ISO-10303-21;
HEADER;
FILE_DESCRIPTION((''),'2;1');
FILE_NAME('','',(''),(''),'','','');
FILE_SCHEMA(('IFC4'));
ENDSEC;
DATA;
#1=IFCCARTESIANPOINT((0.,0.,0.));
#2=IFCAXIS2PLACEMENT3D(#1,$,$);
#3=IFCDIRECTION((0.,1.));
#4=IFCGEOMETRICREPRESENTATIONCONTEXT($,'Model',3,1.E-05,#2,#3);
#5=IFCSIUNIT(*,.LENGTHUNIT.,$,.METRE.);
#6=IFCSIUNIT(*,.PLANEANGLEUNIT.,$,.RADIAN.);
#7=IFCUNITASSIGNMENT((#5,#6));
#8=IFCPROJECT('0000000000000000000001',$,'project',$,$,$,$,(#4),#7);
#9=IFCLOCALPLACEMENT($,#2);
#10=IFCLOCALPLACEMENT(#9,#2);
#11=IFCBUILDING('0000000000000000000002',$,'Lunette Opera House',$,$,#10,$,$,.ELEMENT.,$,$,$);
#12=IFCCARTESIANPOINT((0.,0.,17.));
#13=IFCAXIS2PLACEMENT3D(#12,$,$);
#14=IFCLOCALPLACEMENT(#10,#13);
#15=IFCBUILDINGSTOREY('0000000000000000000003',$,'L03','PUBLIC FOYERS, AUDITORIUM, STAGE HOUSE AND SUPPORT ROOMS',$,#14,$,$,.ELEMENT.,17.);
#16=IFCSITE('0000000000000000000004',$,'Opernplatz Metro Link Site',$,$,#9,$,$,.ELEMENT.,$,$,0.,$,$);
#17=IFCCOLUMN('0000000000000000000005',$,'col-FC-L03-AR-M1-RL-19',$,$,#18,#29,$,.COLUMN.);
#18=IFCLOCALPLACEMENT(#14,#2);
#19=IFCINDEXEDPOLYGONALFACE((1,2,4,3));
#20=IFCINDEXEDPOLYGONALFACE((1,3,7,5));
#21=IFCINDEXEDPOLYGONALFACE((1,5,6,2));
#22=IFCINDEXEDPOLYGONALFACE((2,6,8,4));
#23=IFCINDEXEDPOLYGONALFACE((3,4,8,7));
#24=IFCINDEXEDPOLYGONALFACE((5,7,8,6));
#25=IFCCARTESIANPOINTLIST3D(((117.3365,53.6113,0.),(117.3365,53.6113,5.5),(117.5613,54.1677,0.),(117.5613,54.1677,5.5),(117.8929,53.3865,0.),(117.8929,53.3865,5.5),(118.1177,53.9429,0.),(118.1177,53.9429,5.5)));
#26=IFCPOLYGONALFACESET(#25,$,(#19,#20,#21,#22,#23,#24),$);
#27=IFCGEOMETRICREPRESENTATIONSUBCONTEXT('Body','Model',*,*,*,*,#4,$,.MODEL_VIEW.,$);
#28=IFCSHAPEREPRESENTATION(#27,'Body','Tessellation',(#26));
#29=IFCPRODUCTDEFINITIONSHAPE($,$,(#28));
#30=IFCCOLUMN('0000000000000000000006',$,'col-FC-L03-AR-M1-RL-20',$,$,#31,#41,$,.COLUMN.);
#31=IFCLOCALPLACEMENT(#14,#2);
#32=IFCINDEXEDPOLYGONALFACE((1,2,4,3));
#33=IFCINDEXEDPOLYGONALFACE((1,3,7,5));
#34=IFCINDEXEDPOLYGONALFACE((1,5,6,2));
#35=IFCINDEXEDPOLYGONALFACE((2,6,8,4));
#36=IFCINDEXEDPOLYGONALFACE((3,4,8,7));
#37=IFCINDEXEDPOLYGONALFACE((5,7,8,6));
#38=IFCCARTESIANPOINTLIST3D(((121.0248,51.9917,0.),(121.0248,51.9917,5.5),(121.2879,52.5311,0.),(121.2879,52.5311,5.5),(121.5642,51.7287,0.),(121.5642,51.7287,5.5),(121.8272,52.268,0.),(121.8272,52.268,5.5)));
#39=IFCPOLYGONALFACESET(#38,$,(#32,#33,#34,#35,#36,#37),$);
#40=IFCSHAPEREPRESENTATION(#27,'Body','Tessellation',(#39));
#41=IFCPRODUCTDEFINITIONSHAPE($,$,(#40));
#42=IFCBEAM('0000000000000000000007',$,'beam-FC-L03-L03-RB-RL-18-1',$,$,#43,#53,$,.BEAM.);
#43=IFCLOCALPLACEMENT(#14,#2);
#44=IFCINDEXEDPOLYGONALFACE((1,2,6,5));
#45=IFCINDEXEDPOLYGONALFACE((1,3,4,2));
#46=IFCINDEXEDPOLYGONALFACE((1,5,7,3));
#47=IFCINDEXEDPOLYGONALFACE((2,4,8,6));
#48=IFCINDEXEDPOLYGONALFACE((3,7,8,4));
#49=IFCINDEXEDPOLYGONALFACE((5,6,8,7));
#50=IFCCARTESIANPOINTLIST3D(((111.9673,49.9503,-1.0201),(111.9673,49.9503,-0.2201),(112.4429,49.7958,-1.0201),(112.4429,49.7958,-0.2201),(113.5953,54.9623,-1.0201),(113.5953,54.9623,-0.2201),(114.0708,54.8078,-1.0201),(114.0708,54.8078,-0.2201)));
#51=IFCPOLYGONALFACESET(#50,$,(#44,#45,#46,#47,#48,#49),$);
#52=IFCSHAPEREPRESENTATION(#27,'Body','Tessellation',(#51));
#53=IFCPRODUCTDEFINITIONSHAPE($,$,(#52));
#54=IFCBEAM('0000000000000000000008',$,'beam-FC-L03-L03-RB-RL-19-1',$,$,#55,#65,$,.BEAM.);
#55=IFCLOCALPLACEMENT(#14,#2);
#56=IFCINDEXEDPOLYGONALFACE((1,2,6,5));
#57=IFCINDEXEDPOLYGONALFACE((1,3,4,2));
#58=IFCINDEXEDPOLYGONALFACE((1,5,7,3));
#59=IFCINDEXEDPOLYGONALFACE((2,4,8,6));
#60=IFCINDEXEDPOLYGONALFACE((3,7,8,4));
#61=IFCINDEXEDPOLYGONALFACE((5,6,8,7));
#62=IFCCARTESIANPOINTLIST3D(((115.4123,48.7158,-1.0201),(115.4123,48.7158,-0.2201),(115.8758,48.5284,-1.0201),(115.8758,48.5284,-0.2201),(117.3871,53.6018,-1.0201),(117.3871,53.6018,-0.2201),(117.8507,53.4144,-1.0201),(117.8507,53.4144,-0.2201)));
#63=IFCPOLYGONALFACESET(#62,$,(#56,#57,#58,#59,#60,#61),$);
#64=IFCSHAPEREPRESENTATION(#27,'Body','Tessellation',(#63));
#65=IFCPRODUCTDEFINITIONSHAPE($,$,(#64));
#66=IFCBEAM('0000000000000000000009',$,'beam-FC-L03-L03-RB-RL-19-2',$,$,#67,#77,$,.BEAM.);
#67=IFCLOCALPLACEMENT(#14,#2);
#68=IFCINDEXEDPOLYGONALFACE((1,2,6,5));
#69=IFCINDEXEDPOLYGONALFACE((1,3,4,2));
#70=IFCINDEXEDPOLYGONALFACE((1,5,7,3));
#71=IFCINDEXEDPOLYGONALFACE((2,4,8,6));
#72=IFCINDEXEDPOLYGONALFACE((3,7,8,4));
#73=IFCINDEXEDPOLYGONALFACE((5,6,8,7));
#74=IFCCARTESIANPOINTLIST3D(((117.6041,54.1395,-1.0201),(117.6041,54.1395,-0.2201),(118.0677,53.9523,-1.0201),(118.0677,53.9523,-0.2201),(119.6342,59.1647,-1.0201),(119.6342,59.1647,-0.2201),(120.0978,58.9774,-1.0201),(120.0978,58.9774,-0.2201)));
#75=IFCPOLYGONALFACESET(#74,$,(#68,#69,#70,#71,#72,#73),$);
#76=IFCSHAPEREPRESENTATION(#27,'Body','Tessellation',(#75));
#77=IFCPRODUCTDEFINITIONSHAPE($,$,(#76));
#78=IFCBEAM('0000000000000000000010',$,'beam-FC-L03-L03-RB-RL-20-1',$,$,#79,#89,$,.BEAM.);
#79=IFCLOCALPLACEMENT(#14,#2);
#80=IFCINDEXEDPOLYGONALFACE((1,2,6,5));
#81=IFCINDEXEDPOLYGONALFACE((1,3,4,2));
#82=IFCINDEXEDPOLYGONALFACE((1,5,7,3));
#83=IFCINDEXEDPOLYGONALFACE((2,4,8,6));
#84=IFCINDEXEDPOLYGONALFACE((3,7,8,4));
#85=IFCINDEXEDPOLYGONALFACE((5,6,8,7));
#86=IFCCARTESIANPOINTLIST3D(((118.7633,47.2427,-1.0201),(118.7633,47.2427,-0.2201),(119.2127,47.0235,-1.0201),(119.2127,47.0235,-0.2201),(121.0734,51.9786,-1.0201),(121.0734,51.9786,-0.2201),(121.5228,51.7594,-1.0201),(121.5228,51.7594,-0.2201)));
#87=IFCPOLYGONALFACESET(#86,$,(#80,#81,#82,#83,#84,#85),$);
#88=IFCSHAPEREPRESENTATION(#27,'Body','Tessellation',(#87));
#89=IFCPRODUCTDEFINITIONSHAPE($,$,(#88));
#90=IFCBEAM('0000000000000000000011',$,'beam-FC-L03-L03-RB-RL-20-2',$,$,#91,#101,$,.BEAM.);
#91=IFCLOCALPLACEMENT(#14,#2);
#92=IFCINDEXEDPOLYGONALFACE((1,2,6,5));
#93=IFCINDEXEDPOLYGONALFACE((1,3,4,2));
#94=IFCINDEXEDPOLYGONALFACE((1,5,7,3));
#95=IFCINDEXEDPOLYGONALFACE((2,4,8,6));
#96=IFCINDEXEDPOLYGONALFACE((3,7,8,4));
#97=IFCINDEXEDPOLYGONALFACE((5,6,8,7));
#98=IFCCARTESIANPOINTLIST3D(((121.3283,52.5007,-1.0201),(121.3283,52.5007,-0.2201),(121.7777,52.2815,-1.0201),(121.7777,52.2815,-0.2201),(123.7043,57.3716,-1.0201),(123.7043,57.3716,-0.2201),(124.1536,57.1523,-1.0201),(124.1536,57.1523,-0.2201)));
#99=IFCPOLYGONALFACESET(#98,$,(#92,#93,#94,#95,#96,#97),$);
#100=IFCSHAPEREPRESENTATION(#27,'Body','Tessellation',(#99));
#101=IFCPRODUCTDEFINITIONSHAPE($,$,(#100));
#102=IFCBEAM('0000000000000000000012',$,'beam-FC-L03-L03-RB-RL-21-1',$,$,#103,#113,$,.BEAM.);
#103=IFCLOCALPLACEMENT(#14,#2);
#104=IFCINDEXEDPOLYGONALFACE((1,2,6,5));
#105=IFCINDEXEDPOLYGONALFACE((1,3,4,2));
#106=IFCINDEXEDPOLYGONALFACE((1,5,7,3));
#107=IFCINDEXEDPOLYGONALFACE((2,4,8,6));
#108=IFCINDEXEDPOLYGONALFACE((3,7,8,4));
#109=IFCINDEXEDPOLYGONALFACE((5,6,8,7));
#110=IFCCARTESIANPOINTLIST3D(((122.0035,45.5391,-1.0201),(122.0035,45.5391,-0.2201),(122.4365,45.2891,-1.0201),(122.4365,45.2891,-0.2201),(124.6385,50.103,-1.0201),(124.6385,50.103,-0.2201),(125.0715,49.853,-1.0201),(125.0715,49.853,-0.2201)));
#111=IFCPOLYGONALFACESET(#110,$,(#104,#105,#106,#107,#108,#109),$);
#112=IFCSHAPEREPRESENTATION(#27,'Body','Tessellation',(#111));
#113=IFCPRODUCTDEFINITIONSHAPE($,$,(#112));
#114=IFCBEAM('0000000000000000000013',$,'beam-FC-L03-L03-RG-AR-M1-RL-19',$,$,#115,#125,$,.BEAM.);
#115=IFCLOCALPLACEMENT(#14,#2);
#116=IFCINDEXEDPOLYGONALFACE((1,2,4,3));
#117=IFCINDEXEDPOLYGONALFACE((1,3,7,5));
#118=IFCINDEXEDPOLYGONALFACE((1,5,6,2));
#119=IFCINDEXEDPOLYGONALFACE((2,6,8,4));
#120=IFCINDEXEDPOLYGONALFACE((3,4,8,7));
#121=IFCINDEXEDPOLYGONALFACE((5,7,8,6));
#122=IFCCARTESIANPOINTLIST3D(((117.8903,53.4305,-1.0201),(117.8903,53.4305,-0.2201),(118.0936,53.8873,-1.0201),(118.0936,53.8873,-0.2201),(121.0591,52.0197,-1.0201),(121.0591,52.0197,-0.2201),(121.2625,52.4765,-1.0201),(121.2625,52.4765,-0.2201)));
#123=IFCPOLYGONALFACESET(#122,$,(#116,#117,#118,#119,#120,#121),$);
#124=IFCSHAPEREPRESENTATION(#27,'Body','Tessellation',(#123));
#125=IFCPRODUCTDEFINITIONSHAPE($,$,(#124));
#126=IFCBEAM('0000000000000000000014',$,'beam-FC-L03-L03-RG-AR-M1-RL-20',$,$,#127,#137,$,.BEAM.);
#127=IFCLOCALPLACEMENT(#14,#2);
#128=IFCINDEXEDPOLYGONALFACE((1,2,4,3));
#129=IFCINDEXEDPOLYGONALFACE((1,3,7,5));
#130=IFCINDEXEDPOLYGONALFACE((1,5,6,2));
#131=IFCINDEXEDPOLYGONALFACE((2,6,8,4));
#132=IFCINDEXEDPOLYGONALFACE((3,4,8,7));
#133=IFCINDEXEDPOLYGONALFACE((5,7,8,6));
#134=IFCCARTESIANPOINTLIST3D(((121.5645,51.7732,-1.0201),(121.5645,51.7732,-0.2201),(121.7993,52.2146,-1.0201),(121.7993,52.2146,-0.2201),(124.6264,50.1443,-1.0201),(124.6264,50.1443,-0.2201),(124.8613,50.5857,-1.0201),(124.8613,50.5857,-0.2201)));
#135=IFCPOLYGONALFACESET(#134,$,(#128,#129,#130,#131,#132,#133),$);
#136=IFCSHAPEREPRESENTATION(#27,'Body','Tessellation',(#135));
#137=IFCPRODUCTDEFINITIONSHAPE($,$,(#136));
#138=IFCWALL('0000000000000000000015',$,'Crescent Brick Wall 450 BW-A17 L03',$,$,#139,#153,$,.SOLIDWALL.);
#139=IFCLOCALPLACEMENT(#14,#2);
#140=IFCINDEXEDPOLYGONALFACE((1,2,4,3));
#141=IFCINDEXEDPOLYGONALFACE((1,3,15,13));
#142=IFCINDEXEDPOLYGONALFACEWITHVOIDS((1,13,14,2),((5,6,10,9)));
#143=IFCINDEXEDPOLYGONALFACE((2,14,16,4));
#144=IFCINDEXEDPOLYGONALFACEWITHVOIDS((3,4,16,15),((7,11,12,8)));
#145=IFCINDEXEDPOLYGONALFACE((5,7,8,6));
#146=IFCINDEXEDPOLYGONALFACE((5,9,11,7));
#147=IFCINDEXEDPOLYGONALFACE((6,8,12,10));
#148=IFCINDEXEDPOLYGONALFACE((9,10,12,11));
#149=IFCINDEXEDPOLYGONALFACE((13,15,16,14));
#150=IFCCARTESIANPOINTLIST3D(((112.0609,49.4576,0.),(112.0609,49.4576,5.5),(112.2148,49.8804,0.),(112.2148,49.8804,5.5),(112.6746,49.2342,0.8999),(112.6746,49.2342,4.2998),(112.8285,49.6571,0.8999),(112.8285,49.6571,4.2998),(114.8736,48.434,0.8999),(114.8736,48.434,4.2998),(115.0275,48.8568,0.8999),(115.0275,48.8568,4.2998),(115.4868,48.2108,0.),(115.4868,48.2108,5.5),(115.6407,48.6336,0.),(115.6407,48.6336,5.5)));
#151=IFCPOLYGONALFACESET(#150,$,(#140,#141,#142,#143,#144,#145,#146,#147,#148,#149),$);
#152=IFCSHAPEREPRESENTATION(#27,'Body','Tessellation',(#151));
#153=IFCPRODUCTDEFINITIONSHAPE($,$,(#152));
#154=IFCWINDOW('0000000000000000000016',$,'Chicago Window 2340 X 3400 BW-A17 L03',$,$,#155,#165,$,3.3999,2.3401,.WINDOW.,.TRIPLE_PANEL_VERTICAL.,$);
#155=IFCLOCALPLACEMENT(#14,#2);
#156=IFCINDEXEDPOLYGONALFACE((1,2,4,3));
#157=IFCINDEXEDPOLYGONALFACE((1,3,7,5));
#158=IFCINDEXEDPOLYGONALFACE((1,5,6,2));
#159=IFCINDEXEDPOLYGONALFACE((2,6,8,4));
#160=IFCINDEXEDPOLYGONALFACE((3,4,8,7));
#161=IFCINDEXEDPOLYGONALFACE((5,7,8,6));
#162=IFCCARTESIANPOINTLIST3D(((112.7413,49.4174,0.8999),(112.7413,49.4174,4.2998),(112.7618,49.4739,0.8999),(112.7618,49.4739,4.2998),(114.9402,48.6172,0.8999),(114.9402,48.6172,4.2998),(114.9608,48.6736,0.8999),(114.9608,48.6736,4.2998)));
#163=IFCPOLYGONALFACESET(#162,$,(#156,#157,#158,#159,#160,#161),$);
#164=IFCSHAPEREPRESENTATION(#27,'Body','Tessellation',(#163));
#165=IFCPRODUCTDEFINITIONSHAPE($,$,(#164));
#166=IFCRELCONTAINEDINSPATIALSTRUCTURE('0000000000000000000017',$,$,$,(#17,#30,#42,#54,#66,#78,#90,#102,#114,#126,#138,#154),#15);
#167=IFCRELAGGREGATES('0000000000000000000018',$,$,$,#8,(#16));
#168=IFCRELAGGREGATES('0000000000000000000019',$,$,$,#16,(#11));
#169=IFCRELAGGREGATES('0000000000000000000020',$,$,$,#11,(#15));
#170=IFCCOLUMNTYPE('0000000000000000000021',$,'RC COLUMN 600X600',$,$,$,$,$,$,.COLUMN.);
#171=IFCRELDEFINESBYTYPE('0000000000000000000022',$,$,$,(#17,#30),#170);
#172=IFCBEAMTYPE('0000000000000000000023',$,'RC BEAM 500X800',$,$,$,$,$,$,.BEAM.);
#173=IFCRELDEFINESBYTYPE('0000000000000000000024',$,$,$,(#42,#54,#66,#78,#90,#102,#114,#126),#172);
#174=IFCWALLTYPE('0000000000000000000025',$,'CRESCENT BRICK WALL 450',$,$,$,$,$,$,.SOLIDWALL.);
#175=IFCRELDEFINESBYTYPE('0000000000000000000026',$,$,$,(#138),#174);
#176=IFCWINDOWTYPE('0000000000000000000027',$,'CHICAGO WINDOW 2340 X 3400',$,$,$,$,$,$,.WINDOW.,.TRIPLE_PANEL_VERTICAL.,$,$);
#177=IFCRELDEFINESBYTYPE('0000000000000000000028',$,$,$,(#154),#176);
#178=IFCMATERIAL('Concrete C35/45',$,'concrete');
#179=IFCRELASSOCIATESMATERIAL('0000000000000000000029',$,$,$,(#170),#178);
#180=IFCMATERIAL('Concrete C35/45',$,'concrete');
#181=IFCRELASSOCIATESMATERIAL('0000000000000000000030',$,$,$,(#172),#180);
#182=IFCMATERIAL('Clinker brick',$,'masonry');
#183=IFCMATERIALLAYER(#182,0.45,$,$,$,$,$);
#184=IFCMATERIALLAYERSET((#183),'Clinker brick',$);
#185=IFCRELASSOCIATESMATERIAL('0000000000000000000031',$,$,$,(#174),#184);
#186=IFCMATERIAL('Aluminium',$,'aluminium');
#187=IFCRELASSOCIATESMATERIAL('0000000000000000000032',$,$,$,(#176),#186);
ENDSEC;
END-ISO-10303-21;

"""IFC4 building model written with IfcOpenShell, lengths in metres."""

from ifc_helpers import new_model, si_unit, direction, frame, frame_2d, origin, origin_2d, place, context, subcontext, project, spatial, rectangle, extrude, material, layer, layer_set, material_profile, profile_set, type_object, element, fill, save


model = new_model("IFC4")

# Units and contexts
model_context = context("Model", 3, precision=1e-05, world=origin(), true_north=direction((0.0, 1.0)))
body_context = subcontext(model_context, "Body", "Model", "MODEL_VIEW")
ifc_project = project(units=[si_unit("LENGTHUNIT", "METRE"), si_unit("PLANEANGLEUNIT", "RADIAN")], contexts=[model_context])

# Site, building, storey
site_placement = place(None, origin())
site = spatial("IfcSite", under=ifc_project, at=site_placement, Name="Opernplatz Metro Link Site", CompositionType="ELEMENT", RefElevation=0.0)
building_placement = place(site_placement, origin())
building = spatial("IfcBuilding", under=site, at=building_placement, Name="Lunette Opera House", CompositionType="ELEMENT")
storey_placement = place(building_placement, frame((0.0, 0.0, 17.0)))
storey = spatial("IfcBuildingStorey", under=building, at=storey_placement, Name="L03", Description="PUBLIC FOYERS, AUDITORIUM, STAGE HOUSE AND SUPPORT ROOMS", CompositionType="ELEMENT", Elevation=17.0)

# Columns
ifc_material_1 = material(Name="Concrete C35/45", Category="concrete")
ifc_material_profile_1 = material_profile(ifc_material_1, rectangle(XDim=0.6001, YDim=0.6001, at=origin_2d()), Name="RC COLUMN 600X600")
ifc_profile_set_1 = profile_set([ifc_material_profile_1], Name="Concrete C35/45")
column_type = type_object("IfcColumnType", Name="RC COLUMN 600X600", PredefinedType="COLUMN", material=ifc_profile_set_1)
for number, where, z_axis, x_axis, name in (
    (1, (117.7271, 53.7771, 0.0), (0.0, 0.0, 1.0), (0.927184, -0.374607, 0.0), "col-FC-L03-AR-M1-RL-19"),
    (2, (121.426, 52.1299, 0.0), (0.0, 0.0, 1.0), (0.898794, -0.438371, 0.0), "col-FC-L03-AR-M1-RL-20"),
):
    element("IfcColumn", number, at=place(storey_placement, frame(where, z_axis=z_axis, x_axis=x_axis)), inside=storey, type_object=column_type, Name=name, PredefinedType="COLUMN", context=body_context, shape_type="SweptSolid", body=[
        extrude(rectangle(XDim=0.6001, YDim=0.6001, at=origin_2d()), origin(), (0.0, 0.0, 1.0), 5.5),
    ])

# Beams
ifc_material_2 = material(Name="Concrete C35/45", Category="concrete")
ifc_material_profile_2 = material_profile(ifc_material_2, rectangle(XDim=0.5, YDim=0.8, at=origin_2d()), Name="RC BEAM 500X800")
ifc_profile_set_2 = profile_set([ifc_material_profile_2], Name="Concrete C35/45")
beam_type = type_object("IfcBeamType", Name="RC BEAM 500X800", PredefinedType="BEAM", material=ifc_profile_set_2)
beam_1_placement = place(storey_placement, frame((112.2051, 49.873, -0.6201), z_axis=(0.308922, 0.951088, 0.0), x_axis=(-0.951088, 0.308922, 0.0)))
element("IfcBeam", 3, at=beam_1_placement, inside=storey, type_object=beam_type, Name="beam-FC-L03-L03-RB-RL-18-1", PredefinedType="BEAM", context=body_context, shape_type="SweptSolid", body=[
    extrude(rectangle(XDim=0.5, YDim=0.8, at=origin_2d()), origin(), (0.0, 0.0, 1.0), 5.2698),
])
beam_2_placement = place(storey_placement, frame((115.644, 48.6221, -0.6201), z_axis=(0.374735, 0.927132, 0.0), x_axis=(-0.927132, 0.374735, 0.0)))
element("IfcBeam", 4, at=beam_2_placement, inside=storey, type_object=beam_type, Name="beam-FC-L03-L03-RB-RL-19-1", PredefinedType="BEAM", context=body_context, shape_type="SweptSolid", body=[
    extrude(rectangle(XDim=0.5, YDim=0.8, at=origin_2d()), origin(), (0.0, 0.0, 1.0), 5.27),
])
beam_3_placement = place(storey_placement, frame((117.8359, 54.0459, -0.6201), z_axis=(0.374565, 0.927201, 0.0), x_axis=(-0.927201, 0.374565, 0.0)))
element("IfcBeam", 5, at=beam_3_placement, inside=storey, type_object=beam_type, Name="beam-FC-L03-L03-RB-RL-19-2", PredefinedType="BEAM", context=body_context, shape_type="SweptSolid", body=[
    extrude(rectangle(XDim=0.5, YDim=0.8, at=origin_2d()), origin(), (0.0, 0.0, 1.0), 5.4197),
])
beam_4_placement = place(storey_placement, frame((118.988, 47.1331, -0.6201), z_axis=(0.438407, 0.898776, 0.0), x_axis=(-0.898776, 0.438407, 0.0)))
element("IfcBeam", 6, at=beam_4_placement, inside=storey, type_object=beam_type, Name="beam-FC-L03-L03-RB-RL-20-1", PredefinedType="BEAM", context=body_context, shape_type="SweptSolid", body=[
    extrude(rectangle(XDim=0.5, YDim=0.8, at=origin_2d()), origin(), (0.0, 0.0, 1.0), 5.2693),
])
beam_5_placement = place(storey_placement, frame((121.553, 52.3911, -0.6201), z_axis=(0.438417, 0.898772, 0.0), x_axis=(-0.898772, 0.438417, 0.0)))
element("IfcBeam", 7, at=beam_5_placement, inside=storey, type_object=beam_type, Name="beam-FC-L03-L03-RB-RL-20-2", PredefinedType="BEAM", context=body_context, shape_type="SweptSolid", body=[
    extrude(rectangle(XDim=0.5, YDim=0.8, at=origin_2d()), origin(), (0.0, 0.0, 1.0), 5.4194),
])
beam_6_placement = place(storey_placement, frame((122.22, 45.4141, -0.6201), z_axis=(0.5, 0.866025, 0.0), x_axis=(-0.866025, 0.5, 0.0)))
element("IfcBeam", 8, at=beam_6_placement, inside=storey, type_object=beam_type, Name="beam-FC-L03-L03-RB-RL-21-1", PredefinedType="BEAM", context=body_context, shape_type="SweptSolid", body=[
    extrude(rectangle(XDim=0.5, YDim=0.8, at=origin_2d()), origin(), (0.0, 0.0, 1.0), 5.27),
])
beam_7_placement = place(storey_placement, frame((117.9919, 53.6589, -0.6201), z_axis=(0.913547, -0.406733, 0.0), x_axis=(0.406733, 0.913547, 0.0)))
element("IfcBeam", 9, at=beam_7_placement, inside=storey, type_object=beam_type, Name="beam-FC-L03-L03-RG-AR-M1-RL-19", PredefinedType="BEAM", context=body_context, shape_type="SweptSolid", body=[
    extrude(rectangle(XDim=0.5, YDim=0.8, at=origin_2d()), origin(), (0.0, 0.0, 1.0), 3.4688),
])
beam_8_placement = place(storey_placement, frame((121.6819, 51.9939, -0.6201), z_axis=(0.882851, -0.469653, 0.0), x_axis=(0.469653, 0.882851, 0.0)))
element("IfcBeam", 10, at=beam_8_placement, inside=storey, type_object=beam_type, Name="beam-FC-L03-L03-RG-AR-M1-RL-20", PredefinedType="BEAM", context=body_context, shape_type="SweptSolid", body=[
    extrude(rectangle(XDim=0.5, YDim=0.8, at=origin_2d()), origin(), (0.0, 0.0, 1.0), 3.4683),
])

# Wall, opening, window
ifc_material_3 = material(Name="Clinker brick", Category="masonry")
ifc_layer_1 = layer(ifc_material_3, 0.45)
ifc_layer_set_1 = layer_set([ifc_layer_1], Name="Clinker brick")
wall_type_1 = type_object("IfcWallType", Name="CRESCENT BRICK WALL 450", PredefinedType="SOLIDWALL", material=ifc_layer_set_1)
wall_1_placement = place(storey_placement, frame((112.1379, 49.6689, 0.0), z_axis=(0.0, 0.0, 1.0), x_axis=(0.939705, -0.341985, 0.0)))
wall_1 = element("IfcWall", 11, at=wall_1_placement, inside=storey, type_object=wall_type_1, Name="Crescent Brick Wall 450 BW-A17 L03", PredefinedType="SOLIDWALL", context=body_context, shape_type="SweptSolid", body=[
    extrude(rectangle(XDim=3.6458, YDim=0.45, at=frame_2d((1.8228, 0.0))), origin(), (0.0, 0.0, 1.0), 5.5),
])
opening_1_placement = place(wall_1_placement, frame((0.6531, 0.0, 0.8999)))
opening_1 = element("IfcOpeningElement", 12, at=opening_1_placement, cuts=wall_1, PredefinedType="OPENING", context=body_context, shape_type="SweptSolid", body=[
    extrude(rectangle(XDim=2.3401, YDim=3.3999, at=frame_2d((1.1699, 1.7))), frame((0.0, 0.2371, 0.0), z_axis=(0.0, -1.0, 0.0), x_axis=(1.0, 0.0, 0.0)), (0.0, 0.0, 1.0), 0.4739),
])
ifc_material_4 = material(Name="Aluminium", Category="aluminium")
window_type = type_object("IfcWindowType", Name="CHICAGO WINDOW 2340 X 3400", PartitioningType="TRIPLE_PANEL_VERTICAL", PredefinedType="WINDOW", material=ifc_material_4)
window_1_placement = place(opening_1_placement, origin())
window_1 = element("IfcWindow", 13, at=window_1_placement, inside=storey, type_object=window_type, Name="Chicago Window 2340 X 3400 BW-A17 L03", OverallHeight=3.3999, OverallWidth=2.3401, PartitioningType="TRIPLE_PANEL_VERTICAL", PredefinedType="WINDOW", context=body_context, shape_type="SweptSolid", body=[
    extrude(rectangle(XDim=2.3401, YDim=3.3999, at=frame_2d((1.1699, 1.7))), frame((0.0, 0.03, 0.0), z_axis=(0.0, -1.0, 0.0), x_axis=(1.0, 0.0, 0.0)), (0.0, 0.0, 1.0), 0.0601),
])
fill(opening_1, window_1)

save(model, "model.ifc")
